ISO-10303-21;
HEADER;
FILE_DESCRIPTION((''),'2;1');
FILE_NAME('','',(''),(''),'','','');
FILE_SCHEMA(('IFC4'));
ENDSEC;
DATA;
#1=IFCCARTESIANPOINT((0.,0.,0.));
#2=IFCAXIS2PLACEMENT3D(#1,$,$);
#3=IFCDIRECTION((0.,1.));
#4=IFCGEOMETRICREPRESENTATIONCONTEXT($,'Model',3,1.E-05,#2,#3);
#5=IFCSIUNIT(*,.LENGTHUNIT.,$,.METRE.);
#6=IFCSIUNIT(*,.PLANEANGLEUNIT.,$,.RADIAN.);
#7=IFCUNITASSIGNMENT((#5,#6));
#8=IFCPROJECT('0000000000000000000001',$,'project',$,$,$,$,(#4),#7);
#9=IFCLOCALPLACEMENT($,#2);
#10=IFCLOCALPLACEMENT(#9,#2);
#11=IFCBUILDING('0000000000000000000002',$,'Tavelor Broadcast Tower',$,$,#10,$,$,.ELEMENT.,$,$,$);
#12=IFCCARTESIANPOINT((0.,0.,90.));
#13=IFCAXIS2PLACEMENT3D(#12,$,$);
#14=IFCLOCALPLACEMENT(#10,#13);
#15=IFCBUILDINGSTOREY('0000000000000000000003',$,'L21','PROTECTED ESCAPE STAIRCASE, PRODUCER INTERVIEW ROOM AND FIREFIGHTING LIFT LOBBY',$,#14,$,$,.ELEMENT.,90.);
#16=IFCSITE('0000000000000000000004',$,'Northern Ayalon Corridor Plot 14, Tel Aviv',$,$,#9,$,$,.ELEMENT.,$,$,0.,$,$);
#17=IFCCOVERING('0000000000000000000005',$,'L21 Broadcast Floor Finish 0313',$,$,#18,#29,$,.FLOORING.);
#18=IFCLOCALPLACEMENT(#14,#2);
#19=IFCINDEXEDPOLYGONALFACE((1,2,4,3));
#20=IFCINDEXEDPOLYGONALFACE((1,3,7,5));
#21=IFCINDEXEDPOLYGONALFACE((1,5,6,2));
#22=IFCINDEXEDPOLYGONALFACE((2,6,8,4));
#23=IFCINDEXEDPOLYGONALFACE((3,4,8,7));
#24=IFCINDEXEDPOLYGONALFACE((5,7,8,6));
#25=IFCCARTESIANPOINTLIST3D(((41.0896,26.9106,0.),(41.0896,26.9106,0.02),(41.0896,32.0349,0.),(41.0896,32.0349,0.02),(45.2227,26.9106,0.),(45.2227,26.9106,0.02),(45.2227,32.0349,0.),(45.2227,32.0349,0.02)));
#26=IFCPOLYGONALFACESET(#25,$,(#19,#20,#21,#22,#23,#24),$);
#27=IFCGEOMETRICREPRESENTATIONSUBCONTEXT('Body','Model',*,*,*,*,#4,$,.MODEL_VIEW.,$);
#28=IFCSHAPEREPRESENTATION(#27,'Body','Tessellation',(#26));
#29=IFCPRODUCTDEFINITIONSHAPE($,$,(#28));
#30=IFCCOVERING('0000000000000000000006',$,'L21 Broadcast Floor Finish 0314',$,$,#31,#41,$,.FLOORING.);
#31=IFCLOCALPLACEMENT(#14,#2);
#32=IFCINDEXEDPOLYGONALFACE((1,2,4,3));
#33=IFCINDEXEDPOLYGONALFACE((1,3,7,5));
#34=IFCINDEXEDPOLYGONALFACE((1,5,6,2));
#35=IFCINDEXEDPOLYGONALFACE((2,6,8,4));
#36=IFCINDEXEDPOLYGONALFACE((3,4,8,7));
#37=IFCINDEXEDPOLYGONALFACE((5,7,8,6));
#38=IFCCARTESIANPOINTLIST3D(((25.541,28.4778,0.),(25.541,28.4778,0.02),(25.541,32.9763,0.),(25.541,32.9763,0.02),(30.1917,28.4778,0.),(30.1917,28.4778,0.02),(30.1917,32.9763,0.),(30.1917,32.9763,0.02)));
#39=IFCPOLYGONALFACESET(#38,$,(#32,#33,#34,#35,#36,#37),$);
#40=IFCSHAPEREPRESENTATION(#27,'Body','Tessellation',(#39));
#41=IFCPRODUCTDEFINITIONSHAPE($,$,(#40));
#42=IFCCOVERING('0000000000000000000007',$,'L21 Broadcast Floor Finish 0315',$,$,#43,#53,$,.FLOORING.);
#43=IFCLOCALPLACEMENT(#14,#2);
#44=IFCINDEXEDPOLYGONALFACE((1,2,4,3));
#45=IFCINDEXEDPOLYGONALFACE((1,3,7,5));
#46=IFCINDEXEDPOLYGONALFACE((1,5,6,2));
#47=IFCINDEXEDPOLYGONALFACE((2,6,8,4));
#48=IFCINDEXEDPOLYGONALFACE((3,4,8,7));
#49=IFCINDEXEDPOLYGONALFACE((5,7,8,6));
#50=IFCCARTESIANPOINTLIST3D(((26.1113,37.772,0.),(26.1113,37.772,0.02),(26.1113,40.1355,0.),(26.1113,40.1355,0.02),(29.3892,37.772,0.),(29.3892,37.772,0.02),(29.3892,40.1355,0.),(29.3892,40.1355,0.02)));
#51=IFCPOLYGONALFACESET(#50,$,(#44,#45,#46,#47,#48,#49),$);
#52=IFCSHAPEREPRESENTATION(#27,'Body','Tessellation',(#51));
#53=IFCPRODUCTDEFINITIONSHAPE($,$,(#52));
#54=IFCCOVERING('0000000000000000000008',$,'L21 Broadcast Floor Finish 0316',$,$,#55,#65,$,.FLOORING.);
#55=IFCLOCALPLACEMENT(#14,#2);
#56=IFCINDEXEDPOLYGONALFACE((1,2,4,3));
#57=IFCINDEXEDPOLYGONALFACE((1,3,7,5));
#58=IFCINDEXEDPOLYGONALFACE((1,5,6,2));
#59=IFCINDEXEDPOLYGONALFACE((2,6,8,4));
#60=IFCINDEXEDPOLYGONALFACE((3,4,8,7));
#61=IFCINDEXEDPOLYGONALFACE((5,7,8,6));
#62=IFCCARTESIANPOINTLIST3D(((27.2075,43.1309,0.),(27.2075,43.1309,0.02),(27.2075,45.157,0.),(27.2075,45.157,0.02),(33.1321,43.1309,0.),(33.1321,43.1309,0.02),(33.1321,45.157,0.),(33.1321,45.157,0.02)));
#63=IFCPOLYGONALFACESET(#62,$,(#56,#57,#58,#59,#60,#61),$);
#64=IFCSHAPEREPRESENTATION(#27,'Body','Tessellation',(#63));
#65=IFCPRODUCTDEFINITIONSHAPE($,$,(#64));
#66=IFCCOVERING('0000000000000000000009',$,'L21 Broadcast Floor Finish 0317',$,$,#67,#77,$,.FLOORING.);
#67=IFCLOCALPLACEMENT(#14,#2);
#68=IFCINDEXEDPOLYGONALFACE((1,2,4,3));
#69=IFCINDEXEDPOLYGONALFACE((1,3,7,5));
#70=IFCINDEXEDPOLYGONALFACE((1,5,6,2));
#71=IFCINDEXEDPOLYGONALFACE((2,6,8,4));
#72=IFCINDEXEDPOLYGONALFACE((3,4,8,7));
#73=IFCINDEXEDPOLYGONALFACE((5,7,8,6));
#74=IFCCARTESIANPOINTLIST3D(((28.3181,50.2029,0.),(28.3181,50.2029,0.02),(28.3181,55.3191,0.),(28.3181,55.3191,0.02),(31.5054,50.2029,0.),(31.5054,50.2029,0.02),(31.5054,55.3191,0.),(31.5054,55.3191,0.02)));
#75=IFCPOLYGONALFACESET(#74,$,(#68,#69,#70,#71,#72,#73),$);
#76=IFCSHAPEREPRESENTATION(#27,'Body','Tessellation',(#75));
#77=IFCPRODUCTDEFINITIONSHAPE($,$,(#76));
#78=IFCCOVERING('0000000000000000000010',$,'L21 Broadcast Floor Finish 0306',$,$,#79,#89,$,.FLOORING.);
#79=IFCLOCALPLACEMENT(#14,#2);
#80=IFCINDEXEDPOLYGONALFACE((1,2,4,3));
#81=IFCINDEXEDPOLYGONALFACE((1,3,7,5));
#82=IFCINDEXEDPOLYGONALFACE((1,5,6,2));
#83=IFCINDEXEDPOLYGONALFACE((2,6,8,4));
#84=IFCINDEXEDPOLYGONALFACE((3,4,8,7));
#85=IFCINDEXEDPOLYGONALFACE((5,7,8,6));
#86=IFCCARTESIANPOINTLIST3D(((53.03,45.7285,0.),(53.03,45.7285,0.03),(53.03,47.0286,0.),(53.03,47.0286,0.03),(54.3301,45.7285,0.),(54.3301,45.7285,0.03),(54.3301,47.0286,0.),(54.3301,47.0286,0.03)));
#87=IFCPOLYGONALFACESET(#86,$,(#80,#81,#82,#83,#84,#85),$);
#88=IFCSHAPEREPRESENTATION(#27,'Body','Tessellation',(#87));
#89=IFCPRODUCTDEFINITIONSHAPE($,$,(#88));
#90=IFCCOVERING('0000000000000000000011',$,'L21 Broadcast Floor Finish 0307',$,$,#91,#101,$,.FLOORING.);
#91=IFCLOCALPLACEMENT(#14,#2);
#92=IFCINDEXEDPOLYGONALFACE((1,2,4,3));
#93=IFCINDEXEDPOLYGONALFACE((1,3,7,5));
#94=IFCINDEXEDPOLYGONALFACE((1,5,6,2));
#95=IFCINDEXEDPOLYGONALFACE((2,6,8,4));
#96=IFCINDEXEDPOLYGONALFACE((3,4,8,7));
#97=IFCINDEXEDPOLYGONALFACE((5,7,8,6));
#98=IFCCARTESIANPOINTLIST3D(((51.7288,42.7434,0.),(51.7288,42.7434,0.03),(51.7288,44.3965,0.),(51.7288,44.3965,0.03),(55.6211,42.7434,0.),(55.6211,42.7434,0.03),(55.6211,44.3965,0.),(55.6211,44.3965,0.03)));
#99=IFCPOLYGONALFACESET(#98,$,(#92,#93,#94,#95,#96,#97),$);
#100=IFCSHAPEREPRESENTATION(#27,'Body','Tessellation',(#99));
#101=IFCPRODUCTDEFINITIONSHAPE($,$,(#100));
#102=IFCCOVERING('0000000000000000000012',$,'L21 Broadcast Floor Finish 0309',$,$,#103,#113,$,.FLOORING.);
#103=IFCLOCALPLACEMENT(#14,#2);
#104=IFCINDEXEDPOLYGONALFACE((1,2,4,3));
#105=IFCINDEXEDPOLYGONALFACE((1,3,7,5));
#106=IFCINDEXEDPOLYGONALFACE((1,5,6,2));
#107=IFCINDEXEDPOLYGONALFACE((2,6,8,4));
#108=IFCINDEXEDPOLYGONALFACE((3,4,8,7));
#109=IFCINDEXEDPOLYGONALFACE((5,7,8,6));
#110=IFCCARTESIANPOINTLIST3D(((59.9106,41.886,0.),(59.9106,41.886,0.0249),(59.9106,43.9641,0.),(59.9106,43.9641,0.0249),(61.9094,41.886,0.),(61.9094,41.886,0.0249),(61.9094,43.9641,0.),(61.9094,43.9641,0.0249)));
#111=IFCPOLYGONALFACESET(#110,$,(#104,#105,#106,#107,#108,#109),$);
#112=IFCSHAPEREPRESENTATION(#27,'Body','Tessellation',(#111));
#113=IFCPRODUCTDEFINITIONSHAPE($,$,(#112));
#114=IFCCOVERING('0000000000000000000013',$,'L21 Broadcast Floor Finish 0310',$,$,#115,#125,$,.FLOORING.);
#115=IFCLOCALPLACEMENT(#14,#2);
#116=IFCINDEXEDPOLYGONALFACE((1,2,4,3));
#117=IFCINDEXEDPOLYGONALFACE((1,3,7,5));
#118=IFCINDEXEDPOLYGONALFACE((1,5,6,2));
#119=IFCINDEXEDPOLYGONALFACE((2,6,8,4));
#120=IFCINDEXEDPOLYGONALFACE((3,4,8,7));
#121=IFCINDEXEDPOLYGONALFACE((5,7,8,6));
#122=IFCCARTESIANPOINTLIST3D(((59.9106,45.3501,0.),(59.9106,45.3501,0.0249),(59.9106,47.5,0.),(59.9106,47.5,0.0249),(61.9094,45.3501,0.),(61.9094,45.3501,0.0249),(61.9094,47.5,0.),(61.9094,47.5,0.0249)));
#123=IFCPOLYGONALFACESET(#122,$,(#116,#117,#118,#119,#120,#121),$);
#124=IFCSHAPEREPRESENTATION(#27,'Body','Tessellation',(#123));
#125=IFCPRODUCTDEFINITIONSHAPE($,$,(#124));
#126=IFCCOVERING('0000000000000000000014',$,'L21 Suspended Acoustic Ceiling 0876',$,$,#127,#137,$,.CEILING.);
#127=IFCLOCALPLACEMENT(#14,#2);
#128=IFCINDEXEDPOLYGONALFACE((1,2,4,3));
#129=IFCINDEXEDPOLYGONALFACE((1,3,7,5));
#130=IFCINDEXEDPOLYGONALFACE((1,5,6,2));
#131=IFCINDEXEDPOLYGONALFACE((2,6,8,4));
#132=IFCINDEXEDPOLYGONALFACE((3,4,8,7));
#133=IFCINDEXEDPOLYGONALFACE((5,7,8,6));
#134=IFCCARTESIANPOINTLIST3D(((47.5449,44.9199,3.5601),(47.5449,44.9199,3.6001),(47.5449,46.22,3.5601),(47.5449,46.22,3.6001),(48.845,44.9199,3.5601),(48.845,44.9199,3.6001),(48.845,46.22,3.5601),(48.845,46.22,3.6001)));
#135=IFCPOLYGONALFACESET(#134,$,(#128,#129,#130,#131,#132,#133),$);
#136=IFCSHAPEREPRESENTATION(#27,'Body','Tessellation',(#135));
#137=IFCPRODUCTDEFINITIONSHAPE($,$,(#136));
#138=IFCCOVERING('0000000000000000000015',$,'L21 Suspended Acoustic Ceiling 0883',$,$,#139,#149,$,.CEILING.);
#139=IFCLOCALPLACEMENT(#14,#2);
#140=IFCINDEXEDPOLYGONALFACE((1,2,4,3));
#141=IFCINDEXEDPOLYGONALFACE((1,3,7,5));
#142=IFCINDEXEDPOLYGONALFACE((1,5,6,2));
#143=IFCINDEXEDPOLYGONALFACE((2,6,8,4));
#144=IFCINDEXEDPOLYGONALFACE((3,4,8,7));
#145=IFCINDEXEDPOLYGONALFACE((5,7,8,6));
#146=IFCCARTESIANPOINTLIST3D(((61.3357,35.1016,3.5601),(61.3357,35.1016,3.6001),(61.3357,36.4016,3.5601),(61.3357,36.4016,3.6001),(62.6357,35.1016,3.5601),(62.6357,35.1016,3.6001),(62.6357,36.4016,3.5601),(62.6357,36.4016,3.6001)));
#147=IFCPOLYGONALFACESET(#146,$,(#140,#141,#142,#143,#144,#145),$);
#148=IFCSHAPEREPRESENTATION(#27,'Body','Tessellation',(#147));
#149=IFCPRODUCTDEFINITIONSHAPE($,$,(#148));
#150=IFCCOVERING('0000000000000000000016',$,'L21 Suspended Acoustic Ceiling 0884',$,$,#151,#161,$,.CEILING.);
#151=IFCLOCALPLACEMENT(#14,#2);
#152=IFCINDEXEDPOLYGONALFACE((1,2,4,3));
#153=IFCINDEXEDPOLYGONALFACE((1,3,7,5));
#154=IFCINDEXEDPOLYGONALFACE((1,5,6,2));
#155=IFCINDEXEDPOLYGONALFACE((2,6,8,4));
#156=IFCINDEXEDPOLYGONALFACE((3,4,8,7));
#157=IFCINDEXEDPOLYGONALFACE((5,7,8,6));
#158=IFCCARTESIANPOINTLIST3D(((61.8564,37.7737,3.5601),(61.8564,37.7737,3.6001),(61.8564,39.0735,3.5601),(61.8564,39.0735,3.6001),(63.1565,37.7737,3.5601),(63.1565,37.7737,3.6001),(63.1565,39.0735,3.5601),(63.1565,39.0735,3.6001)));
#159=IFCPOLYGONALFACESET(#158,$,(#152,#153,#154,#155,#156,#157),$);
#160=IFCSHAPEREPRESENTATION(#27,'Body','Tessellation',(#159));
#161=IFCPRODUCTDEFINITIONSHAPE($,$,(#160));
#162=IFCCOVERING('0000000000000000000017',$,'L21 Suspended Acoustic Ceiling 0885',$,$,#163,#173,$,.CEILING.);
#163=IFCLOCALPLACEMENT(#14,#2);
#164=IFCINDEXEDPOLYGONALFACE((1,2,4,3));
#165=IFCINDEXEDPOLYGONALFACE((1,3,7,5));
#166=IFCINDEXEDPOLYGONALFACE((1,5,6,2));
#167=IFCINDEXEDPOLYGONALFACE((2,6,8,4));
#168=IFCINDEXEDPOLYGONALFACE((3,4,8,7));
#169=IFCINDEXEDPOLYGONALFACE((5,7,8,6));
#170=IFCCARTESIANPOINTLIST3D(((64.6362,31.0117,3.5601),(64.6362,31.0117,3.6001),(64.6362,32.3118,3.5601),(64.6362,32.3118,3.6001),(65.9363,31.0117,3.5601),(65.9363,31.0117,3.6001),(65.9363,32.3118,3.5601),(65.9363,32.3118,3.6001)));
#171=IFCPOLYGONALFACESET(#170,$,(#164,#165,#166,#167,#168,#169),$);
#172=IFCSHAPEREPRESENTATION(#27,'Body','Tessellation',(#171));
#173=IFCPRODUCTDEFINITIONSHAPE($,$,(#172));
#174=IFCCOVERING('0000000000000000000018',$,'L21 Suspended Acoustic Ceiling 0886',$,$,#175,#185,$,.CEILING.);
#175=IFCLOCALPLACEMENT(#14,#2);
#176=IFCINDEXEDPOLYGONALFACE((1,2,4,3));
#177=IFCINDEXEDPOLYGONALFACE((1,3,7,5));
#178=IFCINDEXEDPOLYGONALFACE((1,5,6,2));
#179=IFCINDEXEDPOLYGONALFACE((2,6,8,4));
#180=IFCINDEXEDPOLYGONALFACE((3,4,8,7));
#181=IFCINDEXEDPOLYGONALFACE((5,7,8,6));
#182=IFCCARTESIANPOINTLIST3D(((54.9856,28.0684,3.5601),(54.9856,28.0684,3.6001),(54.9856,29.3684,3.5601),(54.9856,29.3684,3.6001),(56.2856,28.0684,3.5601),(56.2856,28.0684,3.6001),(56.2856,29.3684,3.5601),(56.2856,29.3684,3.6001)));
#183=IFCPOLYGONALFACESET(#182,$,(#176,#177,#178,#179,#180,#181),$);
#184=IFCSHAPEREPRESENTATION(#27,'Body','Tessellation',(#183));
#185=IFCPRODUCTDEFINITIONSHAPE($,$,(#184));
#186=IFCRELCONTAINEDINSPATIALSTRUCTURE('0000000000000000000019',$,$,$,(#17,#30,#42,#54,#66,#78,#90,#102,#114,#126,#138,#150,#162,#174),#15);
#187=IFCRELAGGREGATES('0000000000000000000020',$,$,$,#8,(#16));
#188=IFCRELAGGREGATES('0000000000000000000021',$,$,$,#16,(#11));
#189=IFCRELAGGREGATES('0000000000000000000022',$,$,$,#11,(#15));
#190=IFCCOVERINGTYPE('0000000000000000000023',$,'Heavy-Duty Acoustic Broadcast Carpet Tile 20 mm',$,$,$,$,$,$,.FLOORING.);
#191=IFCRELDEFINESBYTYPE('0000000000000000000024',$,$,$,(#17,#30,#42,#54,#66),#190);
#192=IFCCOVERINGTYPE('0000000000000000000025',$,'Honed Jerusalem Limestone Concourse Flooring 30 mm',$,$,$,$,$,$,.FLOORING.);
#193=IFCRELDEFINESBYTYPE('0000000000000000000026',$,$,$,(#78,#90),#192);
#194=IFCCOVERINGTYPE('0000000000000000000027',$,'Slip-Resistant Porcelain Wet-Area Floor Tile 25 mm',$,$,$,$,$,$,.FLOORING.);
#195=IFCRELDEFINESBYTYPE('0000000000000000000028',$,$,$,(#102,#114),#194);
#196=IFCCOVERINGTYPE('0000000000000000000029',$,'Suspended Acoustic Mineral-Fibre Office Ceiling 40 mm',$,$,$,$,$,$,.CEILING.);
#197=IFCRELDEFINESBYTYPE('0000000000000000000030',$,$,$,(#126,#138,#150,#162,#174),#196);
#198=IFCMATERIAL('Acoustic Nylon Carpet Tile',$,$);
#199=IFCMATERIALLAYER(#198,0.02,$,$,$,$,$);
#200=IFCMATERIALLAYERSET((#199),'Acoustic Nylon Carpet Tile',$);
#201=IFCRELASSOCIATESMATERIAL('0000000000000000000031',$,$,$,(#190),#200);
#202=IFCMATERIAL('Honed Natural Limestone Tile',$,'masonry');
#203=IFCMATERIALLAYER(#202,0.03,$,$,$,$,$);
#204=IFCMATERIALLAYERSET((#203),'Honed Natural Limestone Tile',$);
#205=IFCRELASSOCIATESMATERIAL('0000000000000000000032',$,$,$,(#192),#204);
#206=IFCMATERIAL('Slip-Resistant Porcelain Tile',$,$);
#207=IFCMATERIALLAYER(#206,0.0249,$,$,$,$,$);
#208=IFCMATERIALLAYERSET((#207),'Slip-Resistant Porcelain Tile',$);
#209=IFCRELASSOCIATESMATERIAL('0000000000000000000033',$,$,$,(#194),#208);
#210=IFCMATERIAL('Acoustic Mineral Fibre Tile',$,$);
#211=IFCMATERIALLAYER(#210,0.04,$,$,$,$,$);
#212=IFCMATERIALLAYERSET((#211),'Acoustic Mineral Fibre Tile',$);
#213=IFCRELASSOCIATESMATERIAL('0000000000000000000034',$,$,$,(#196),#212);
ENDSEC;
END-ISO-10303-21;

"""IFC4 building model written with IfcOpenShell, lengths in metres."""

from ifc_helpers import new_model, si_unit, direction, frame, origin, place, context, subcontext, project, spatial, polyline, outline, extrude, material, layer, layer_set, type_object, element, save


model = new_model("IFC4")

# Units and contexts
model_context = context("Model", 3, precision=1e-05, world=origin(), true_north=direction((0.0, 1.0)))
body_context = subcontext(model_context, "Body", "Model", "MODEL_VIEW")
ifc_project = project(units=[si_unit("LENGTHUNIT", "METRE"), si_unit("PLANEANGLEUNIT", "RADIAN")], contexts=[model_context])

# Site, building, storey
site_placement = place(None, origin())
site = spatial("IfcSite", under=ifc_project, at=site_placement, Name="Northern Ayalon Corridor Plot 14, Tel Aviv", CompositionType="ELEMENT", RefElevation=0.0)
building_placement = place(site_placement, origin())
building = spatial("IfcBuilding", under=site, at=building_placement, Name="Tavelor Broadcast Tower", CompositionType="ELEMENT")
storey_placement = place(building_placement, frame((0.0, 0.0, 90.0)))
storey = spatial("IfcBuildingStorey", under=building, at=storey_placement, Name="L21", Description="PROTECTED ESCAPE STAIRCASE, PRODUCER INTERVIEW ROOM AND FIREFIGHTING LIFT LOBBY", CompositionType="ELEMENT", Elevation=90.0)

# Coverings
ifc_material_1 = material(Name="Acoustic Nylon Carpet Tile")
ifc_layer_1 = layer(ifc_material_1, 0.02)
ifc_layer_set_1 = layer_set([ifc_layer_1], Name="Acoustic Nylon Carpet Tile")
covering_type_1 = type_object("IfcCoveringType", Name="Heavy-Duty Acoustic Broadcast Carpet Tile 20 mm", PredefinedType="FLOORING", material=ifc_layer_set_1)
covering_1_placement = place(storey_placement, origin())
element("IfcCovering", 1, at=covering_1_placement, inside=storey, type_object=covering_type_1, Name="L21 Broadcast Floor Finish 0313", PredefinedType="FLOORING", context=body_context, shape_type="SweptSolid", body=[
    extrude(outline(polyline([(41.0896, 26.9106), (45.2227, 26.9106), (45.2227, 32.0349), (41.0896, 32.0349), (41.0896, 26.9106)])), origin(), (0.0, 0.0, 1.0), 0.02),
])
covering_2_placement = place(storey_placement, origin())
element("IfcCovering", 2, at=covering_2_placement, inside=storey, type_object=covering_type_1, Name="L21 Broadcast Floor Finish 0314", PredefinedType="FLOORING", context=body_context, shape_type="SweptSolid", body=[
    extrude(outline(polyline([(25.541, 28.4778), (30.1917, 28.4778), (30.1917, 32.9763), (25.541, 32.9763), (25.541, 28.4778)])), origin(), (0.0, 0.0, 1.0), 0.02),
])
covering_3_placement = place(storey_placement, origin())
element("IfcCovering", 3, at=covering_3_placement, inside=storey, type_object=covering_type_1, Name="L21 Broadcast Floor Finish 0315", PredefinedType="FLOORING", context=body_context, shape_type="SweptSolid", body=[
    extrude(outline(polyline([(26.1113, 37.772), (29.3892, 37.772), (29.3892, 40.1355), (26.1113, 40.1355), (26.1113, 37.772)])), origin(), (0.0, 0.0, 1.0), 0.02),
])
covering_4_placement = place(storey_placement, origin())
element("IfcCovering", 4, at=covering_4_placement, inside=storey, type_object=covering_type_1, Name="L21 Broadcast Floor Finish 0316", PredefinedType="FLOORING", context=body_context, shape_type="SweptSolid", body=[
    extrude(outline(polyline([(27.2075, 43.1309), (33.1321, 43.1309), (33.1321, 45.157), (27.2075, 45.157), (27.2075, 43.1309)])), origin(), (0.0, 0.0, 1.0), 0.02),
])
covering_5_placement = place(storey_placement, origin())
element("IfcCovering", 5, at=covering_5_placement, inside=storey, type_object=covering_type_1, Name="L21 Broadcast Floor Finish 0317", PredefinedType="FLOORING", context=body_context, shape_type="SweptSolid", body=[
    extrude(outline(polyline([(28.3181, 50.2029), (31.5054, 50.2029), (31.5054, 55.3191), (28.3181, 55.3191), (28.3181, 50.2029)])), origin(), (0.0, 0.0, 1.0), 0.02),
])
ifc_material_2 = material(Name="Honed Natural Limestone Tile", Category="masonry")
ifc_layer_2 = layer(ifc_material_2, 0.03)
ifc_layer_set_2 = layer_set([ifc_layer_2], Name="Honed Natural Limestone Tile")
covering_type_2 = type_object("IfcCoveringType", Name="Honed Jerusalem Limestone Concourse Flooring 30 mm", PredefinedType="FLOORING", material=ifc_layer_set_2)
covering_6_placement = place(storey_placement, origin())
element("IfcCovering", 6, at=covering_6_placement, inside=storey, type_object=covering_type_2, Name="L21 Broadcast Floor Finish 0306", PredefinedType="FLOORING", context=body_context, shape_type="SweptSolid", body=[
    extrude(outline(polyline([(53.03, 45.7285), (54.3301, 45.7285), (54.3301, 47.0286), (53.03, 47.0286), (53.03, 45.7285)])), origin(), (0.0, 0.0, 1.0), 0.03),
])
covering_7_placement = place(storey_placement, origin())
element("IfcCovering", 7, at=covering_7_placement, inside=storey, type_object=covering_type_2, Name="L21 Broadcast Floor Finish 0307", PredefinedType="FLOORING", context=body_context, shape_type="SweptSolid", body=[
    extrude(outline(polyline([(51.7288, 42.7434), (55.6211, 42.7434), (55.6211, 44.3965), (51.7288, 44.3965), (51.7288, 42.7434)])), origin(), (0.0, 0.0, 1.0), 0.03),
])
ifc_material_3 = material(Name="Slip-Resistant Porcelain Tile")
ifc_layer_3 = layer(ifc_material_3, 0.0249)
ifc_layer_set_3 = layer_set([ifc_layer_3], Name="Slip-Resistant Porcelain Tile")
covering_type_3 = type_object("IfcCoveringType", Name="Slip-Resistant Porcelain Wet-Area Floor Tile 25 mm", PredefinedType="FLOORING", material=ifc_layer_set_3)
covering_8_placement = place(storey_placement, origin())
element("IfcCovering", 8, at=covering_8_placement, inside=storey, type_object=covering_type_3, Name="L21 Broadcast Floor Finish 0309", PredefinedType="FLOORING", context=body_context, shape_type="SweptSolid", body=[
    extrude(outline(polyline([(59.9106, 41.886), (61.9094, 41.886), (61.9094, 43.9641), (59.9106, 43.9641), (59.9106, 41.886)])), origin(), (0.0, 0.0, 1.0), 0.0249),
])
covering_9_placement = place(storey_placement, origin())
element("IfcCovering", 9, at=covering_9_placement, inside=storey, type_object=covering_type_3, Name="L21 Broadcast Floor Finish 0310", PredefinedType="FLOORING", context=body_context, shape_type="SweptSolid", body=[
    extrude(outline(polyline([(59.9106, 45.3501), (61.9094, 45.3501), (61.9094, 47.5), (59.9106, 47.5), (59.9106, 45.3501)])), origin(), (0.0, 0.0, 1.0), 0.0249),
])
ifc_material_4 = material(Name="Acoustic Mineral Fibre Tile")
ifc_layer_4 = layer(ifc_material_4, 0.04)
ifc_layer_set_4 = layer_set([ifc_layer_4], Name="Acoustic Mineral Fibre Tile")
covering_type_4 = type_object("IfcCoveringType", Name="Suspended Acoustic Mineral-Fibre Office Ceiling 40 mm", PredefinedType="CEILING", material=ifc_layer_set_4)
covering_10_placement = place(storey_placement, frame((0.0, 0.0, 3.5601)))
element("IfcCovering", 10, at=covering_10_placement, inside=storey, type_object=covering_type_4, Name="L21 Suspended Acoustic Ceiling 0876", PredefinedType="CEILING", context=body_context, shape_type="SweptSolid", body=[
    extrude(outline(polyline([(47.5449, 44.9199), (48.845, 44.9199), (48.845, 46.22), (47.5449, 46.22), (47.5449, 44.9199)])), origin(), (0.0, 0.0, 1.0), 0.04),
])
covering_11_placement = place(storey_placement, frame((0.0, 0.0, 3.5601)))
element("IfcCovering", 11, at=covering_11_placement, inside=storey, type_object=covering_type_4, Name="L21 Suspended Acoustic Ceiling 0883", PredefinedType="CEILING", context=body_context, shape_type="SweptSolid", body=[
    extrude(outline(polyline([(61.3357, 35.1016), (62.6357, 35.1016), (62.6357, 36.4016), (61.3357, 36.4016), (61.3357, 35.1016)])), origin(), (0.0, 0.0, 1.0), 0.04),
])
covering_12_placement = place(storey_placement, frame((0.0, 0.0, 3.5601)))
element("IfcCovering", 12, at=covering_12_placement, inside=storey, type_object=covering_type_4, Name="L21 Suspended Acoustic Ceiling 0884", PredefinedType="CEILING", context=body_context, shape_type="SweptSolid", body=[
    extrude(outline(polyline([(61.8564, 37.7737), (63.1565, 37.7737), (63.1565, 39.0735), (61.8564, 39.0735), (61.8564, 37.7737)])), origin(), (0.0, 0.0, 1.0), 0.04),
])
covering_13_placement = place(storey_placement, frame((0.0, 0.0, 3.5601)))
element("IfcCovering", 13, at=covering_13_placement, inside=storey, type_object=covering_type_4, Name="L21 Suspended Acoustic Ceiling 0885", PredefinedType="CEILING", context=body_context, shape_type="SweptSolid", body=[
    extrude(outline(polyline([(64.6362, 31.0117), (65.9363, 31.0117), (65.9363, 32.3118), (64.6362, 32.3118), (64.6362, 31.0117)])), origin(), (0.0, 0.0, 1.0), 0.04),
])
covering_14_placement = place(storey_placement, frame((0.0, 0.0, 3.5601)))
element("IfcCovering", 14, at=covering_14_placement, inside=storey, type_object=covering_type_4, Name="L21 Suspended Acoustic Ceiling 0886", PredefinedType="CEILING", context=body_context, shape_type="SweptSolid", body=[
    extrude(outline(polyline([(54.9856, 28.0684), (56.2856, 28.0684), (56.2856, 29.3684), (54.9856, 29.3684), (54.9856, 28.0684)])), origin(), (0.0, 0.0, 1.0), 0.04),
])

save(model, "model.ifc")
